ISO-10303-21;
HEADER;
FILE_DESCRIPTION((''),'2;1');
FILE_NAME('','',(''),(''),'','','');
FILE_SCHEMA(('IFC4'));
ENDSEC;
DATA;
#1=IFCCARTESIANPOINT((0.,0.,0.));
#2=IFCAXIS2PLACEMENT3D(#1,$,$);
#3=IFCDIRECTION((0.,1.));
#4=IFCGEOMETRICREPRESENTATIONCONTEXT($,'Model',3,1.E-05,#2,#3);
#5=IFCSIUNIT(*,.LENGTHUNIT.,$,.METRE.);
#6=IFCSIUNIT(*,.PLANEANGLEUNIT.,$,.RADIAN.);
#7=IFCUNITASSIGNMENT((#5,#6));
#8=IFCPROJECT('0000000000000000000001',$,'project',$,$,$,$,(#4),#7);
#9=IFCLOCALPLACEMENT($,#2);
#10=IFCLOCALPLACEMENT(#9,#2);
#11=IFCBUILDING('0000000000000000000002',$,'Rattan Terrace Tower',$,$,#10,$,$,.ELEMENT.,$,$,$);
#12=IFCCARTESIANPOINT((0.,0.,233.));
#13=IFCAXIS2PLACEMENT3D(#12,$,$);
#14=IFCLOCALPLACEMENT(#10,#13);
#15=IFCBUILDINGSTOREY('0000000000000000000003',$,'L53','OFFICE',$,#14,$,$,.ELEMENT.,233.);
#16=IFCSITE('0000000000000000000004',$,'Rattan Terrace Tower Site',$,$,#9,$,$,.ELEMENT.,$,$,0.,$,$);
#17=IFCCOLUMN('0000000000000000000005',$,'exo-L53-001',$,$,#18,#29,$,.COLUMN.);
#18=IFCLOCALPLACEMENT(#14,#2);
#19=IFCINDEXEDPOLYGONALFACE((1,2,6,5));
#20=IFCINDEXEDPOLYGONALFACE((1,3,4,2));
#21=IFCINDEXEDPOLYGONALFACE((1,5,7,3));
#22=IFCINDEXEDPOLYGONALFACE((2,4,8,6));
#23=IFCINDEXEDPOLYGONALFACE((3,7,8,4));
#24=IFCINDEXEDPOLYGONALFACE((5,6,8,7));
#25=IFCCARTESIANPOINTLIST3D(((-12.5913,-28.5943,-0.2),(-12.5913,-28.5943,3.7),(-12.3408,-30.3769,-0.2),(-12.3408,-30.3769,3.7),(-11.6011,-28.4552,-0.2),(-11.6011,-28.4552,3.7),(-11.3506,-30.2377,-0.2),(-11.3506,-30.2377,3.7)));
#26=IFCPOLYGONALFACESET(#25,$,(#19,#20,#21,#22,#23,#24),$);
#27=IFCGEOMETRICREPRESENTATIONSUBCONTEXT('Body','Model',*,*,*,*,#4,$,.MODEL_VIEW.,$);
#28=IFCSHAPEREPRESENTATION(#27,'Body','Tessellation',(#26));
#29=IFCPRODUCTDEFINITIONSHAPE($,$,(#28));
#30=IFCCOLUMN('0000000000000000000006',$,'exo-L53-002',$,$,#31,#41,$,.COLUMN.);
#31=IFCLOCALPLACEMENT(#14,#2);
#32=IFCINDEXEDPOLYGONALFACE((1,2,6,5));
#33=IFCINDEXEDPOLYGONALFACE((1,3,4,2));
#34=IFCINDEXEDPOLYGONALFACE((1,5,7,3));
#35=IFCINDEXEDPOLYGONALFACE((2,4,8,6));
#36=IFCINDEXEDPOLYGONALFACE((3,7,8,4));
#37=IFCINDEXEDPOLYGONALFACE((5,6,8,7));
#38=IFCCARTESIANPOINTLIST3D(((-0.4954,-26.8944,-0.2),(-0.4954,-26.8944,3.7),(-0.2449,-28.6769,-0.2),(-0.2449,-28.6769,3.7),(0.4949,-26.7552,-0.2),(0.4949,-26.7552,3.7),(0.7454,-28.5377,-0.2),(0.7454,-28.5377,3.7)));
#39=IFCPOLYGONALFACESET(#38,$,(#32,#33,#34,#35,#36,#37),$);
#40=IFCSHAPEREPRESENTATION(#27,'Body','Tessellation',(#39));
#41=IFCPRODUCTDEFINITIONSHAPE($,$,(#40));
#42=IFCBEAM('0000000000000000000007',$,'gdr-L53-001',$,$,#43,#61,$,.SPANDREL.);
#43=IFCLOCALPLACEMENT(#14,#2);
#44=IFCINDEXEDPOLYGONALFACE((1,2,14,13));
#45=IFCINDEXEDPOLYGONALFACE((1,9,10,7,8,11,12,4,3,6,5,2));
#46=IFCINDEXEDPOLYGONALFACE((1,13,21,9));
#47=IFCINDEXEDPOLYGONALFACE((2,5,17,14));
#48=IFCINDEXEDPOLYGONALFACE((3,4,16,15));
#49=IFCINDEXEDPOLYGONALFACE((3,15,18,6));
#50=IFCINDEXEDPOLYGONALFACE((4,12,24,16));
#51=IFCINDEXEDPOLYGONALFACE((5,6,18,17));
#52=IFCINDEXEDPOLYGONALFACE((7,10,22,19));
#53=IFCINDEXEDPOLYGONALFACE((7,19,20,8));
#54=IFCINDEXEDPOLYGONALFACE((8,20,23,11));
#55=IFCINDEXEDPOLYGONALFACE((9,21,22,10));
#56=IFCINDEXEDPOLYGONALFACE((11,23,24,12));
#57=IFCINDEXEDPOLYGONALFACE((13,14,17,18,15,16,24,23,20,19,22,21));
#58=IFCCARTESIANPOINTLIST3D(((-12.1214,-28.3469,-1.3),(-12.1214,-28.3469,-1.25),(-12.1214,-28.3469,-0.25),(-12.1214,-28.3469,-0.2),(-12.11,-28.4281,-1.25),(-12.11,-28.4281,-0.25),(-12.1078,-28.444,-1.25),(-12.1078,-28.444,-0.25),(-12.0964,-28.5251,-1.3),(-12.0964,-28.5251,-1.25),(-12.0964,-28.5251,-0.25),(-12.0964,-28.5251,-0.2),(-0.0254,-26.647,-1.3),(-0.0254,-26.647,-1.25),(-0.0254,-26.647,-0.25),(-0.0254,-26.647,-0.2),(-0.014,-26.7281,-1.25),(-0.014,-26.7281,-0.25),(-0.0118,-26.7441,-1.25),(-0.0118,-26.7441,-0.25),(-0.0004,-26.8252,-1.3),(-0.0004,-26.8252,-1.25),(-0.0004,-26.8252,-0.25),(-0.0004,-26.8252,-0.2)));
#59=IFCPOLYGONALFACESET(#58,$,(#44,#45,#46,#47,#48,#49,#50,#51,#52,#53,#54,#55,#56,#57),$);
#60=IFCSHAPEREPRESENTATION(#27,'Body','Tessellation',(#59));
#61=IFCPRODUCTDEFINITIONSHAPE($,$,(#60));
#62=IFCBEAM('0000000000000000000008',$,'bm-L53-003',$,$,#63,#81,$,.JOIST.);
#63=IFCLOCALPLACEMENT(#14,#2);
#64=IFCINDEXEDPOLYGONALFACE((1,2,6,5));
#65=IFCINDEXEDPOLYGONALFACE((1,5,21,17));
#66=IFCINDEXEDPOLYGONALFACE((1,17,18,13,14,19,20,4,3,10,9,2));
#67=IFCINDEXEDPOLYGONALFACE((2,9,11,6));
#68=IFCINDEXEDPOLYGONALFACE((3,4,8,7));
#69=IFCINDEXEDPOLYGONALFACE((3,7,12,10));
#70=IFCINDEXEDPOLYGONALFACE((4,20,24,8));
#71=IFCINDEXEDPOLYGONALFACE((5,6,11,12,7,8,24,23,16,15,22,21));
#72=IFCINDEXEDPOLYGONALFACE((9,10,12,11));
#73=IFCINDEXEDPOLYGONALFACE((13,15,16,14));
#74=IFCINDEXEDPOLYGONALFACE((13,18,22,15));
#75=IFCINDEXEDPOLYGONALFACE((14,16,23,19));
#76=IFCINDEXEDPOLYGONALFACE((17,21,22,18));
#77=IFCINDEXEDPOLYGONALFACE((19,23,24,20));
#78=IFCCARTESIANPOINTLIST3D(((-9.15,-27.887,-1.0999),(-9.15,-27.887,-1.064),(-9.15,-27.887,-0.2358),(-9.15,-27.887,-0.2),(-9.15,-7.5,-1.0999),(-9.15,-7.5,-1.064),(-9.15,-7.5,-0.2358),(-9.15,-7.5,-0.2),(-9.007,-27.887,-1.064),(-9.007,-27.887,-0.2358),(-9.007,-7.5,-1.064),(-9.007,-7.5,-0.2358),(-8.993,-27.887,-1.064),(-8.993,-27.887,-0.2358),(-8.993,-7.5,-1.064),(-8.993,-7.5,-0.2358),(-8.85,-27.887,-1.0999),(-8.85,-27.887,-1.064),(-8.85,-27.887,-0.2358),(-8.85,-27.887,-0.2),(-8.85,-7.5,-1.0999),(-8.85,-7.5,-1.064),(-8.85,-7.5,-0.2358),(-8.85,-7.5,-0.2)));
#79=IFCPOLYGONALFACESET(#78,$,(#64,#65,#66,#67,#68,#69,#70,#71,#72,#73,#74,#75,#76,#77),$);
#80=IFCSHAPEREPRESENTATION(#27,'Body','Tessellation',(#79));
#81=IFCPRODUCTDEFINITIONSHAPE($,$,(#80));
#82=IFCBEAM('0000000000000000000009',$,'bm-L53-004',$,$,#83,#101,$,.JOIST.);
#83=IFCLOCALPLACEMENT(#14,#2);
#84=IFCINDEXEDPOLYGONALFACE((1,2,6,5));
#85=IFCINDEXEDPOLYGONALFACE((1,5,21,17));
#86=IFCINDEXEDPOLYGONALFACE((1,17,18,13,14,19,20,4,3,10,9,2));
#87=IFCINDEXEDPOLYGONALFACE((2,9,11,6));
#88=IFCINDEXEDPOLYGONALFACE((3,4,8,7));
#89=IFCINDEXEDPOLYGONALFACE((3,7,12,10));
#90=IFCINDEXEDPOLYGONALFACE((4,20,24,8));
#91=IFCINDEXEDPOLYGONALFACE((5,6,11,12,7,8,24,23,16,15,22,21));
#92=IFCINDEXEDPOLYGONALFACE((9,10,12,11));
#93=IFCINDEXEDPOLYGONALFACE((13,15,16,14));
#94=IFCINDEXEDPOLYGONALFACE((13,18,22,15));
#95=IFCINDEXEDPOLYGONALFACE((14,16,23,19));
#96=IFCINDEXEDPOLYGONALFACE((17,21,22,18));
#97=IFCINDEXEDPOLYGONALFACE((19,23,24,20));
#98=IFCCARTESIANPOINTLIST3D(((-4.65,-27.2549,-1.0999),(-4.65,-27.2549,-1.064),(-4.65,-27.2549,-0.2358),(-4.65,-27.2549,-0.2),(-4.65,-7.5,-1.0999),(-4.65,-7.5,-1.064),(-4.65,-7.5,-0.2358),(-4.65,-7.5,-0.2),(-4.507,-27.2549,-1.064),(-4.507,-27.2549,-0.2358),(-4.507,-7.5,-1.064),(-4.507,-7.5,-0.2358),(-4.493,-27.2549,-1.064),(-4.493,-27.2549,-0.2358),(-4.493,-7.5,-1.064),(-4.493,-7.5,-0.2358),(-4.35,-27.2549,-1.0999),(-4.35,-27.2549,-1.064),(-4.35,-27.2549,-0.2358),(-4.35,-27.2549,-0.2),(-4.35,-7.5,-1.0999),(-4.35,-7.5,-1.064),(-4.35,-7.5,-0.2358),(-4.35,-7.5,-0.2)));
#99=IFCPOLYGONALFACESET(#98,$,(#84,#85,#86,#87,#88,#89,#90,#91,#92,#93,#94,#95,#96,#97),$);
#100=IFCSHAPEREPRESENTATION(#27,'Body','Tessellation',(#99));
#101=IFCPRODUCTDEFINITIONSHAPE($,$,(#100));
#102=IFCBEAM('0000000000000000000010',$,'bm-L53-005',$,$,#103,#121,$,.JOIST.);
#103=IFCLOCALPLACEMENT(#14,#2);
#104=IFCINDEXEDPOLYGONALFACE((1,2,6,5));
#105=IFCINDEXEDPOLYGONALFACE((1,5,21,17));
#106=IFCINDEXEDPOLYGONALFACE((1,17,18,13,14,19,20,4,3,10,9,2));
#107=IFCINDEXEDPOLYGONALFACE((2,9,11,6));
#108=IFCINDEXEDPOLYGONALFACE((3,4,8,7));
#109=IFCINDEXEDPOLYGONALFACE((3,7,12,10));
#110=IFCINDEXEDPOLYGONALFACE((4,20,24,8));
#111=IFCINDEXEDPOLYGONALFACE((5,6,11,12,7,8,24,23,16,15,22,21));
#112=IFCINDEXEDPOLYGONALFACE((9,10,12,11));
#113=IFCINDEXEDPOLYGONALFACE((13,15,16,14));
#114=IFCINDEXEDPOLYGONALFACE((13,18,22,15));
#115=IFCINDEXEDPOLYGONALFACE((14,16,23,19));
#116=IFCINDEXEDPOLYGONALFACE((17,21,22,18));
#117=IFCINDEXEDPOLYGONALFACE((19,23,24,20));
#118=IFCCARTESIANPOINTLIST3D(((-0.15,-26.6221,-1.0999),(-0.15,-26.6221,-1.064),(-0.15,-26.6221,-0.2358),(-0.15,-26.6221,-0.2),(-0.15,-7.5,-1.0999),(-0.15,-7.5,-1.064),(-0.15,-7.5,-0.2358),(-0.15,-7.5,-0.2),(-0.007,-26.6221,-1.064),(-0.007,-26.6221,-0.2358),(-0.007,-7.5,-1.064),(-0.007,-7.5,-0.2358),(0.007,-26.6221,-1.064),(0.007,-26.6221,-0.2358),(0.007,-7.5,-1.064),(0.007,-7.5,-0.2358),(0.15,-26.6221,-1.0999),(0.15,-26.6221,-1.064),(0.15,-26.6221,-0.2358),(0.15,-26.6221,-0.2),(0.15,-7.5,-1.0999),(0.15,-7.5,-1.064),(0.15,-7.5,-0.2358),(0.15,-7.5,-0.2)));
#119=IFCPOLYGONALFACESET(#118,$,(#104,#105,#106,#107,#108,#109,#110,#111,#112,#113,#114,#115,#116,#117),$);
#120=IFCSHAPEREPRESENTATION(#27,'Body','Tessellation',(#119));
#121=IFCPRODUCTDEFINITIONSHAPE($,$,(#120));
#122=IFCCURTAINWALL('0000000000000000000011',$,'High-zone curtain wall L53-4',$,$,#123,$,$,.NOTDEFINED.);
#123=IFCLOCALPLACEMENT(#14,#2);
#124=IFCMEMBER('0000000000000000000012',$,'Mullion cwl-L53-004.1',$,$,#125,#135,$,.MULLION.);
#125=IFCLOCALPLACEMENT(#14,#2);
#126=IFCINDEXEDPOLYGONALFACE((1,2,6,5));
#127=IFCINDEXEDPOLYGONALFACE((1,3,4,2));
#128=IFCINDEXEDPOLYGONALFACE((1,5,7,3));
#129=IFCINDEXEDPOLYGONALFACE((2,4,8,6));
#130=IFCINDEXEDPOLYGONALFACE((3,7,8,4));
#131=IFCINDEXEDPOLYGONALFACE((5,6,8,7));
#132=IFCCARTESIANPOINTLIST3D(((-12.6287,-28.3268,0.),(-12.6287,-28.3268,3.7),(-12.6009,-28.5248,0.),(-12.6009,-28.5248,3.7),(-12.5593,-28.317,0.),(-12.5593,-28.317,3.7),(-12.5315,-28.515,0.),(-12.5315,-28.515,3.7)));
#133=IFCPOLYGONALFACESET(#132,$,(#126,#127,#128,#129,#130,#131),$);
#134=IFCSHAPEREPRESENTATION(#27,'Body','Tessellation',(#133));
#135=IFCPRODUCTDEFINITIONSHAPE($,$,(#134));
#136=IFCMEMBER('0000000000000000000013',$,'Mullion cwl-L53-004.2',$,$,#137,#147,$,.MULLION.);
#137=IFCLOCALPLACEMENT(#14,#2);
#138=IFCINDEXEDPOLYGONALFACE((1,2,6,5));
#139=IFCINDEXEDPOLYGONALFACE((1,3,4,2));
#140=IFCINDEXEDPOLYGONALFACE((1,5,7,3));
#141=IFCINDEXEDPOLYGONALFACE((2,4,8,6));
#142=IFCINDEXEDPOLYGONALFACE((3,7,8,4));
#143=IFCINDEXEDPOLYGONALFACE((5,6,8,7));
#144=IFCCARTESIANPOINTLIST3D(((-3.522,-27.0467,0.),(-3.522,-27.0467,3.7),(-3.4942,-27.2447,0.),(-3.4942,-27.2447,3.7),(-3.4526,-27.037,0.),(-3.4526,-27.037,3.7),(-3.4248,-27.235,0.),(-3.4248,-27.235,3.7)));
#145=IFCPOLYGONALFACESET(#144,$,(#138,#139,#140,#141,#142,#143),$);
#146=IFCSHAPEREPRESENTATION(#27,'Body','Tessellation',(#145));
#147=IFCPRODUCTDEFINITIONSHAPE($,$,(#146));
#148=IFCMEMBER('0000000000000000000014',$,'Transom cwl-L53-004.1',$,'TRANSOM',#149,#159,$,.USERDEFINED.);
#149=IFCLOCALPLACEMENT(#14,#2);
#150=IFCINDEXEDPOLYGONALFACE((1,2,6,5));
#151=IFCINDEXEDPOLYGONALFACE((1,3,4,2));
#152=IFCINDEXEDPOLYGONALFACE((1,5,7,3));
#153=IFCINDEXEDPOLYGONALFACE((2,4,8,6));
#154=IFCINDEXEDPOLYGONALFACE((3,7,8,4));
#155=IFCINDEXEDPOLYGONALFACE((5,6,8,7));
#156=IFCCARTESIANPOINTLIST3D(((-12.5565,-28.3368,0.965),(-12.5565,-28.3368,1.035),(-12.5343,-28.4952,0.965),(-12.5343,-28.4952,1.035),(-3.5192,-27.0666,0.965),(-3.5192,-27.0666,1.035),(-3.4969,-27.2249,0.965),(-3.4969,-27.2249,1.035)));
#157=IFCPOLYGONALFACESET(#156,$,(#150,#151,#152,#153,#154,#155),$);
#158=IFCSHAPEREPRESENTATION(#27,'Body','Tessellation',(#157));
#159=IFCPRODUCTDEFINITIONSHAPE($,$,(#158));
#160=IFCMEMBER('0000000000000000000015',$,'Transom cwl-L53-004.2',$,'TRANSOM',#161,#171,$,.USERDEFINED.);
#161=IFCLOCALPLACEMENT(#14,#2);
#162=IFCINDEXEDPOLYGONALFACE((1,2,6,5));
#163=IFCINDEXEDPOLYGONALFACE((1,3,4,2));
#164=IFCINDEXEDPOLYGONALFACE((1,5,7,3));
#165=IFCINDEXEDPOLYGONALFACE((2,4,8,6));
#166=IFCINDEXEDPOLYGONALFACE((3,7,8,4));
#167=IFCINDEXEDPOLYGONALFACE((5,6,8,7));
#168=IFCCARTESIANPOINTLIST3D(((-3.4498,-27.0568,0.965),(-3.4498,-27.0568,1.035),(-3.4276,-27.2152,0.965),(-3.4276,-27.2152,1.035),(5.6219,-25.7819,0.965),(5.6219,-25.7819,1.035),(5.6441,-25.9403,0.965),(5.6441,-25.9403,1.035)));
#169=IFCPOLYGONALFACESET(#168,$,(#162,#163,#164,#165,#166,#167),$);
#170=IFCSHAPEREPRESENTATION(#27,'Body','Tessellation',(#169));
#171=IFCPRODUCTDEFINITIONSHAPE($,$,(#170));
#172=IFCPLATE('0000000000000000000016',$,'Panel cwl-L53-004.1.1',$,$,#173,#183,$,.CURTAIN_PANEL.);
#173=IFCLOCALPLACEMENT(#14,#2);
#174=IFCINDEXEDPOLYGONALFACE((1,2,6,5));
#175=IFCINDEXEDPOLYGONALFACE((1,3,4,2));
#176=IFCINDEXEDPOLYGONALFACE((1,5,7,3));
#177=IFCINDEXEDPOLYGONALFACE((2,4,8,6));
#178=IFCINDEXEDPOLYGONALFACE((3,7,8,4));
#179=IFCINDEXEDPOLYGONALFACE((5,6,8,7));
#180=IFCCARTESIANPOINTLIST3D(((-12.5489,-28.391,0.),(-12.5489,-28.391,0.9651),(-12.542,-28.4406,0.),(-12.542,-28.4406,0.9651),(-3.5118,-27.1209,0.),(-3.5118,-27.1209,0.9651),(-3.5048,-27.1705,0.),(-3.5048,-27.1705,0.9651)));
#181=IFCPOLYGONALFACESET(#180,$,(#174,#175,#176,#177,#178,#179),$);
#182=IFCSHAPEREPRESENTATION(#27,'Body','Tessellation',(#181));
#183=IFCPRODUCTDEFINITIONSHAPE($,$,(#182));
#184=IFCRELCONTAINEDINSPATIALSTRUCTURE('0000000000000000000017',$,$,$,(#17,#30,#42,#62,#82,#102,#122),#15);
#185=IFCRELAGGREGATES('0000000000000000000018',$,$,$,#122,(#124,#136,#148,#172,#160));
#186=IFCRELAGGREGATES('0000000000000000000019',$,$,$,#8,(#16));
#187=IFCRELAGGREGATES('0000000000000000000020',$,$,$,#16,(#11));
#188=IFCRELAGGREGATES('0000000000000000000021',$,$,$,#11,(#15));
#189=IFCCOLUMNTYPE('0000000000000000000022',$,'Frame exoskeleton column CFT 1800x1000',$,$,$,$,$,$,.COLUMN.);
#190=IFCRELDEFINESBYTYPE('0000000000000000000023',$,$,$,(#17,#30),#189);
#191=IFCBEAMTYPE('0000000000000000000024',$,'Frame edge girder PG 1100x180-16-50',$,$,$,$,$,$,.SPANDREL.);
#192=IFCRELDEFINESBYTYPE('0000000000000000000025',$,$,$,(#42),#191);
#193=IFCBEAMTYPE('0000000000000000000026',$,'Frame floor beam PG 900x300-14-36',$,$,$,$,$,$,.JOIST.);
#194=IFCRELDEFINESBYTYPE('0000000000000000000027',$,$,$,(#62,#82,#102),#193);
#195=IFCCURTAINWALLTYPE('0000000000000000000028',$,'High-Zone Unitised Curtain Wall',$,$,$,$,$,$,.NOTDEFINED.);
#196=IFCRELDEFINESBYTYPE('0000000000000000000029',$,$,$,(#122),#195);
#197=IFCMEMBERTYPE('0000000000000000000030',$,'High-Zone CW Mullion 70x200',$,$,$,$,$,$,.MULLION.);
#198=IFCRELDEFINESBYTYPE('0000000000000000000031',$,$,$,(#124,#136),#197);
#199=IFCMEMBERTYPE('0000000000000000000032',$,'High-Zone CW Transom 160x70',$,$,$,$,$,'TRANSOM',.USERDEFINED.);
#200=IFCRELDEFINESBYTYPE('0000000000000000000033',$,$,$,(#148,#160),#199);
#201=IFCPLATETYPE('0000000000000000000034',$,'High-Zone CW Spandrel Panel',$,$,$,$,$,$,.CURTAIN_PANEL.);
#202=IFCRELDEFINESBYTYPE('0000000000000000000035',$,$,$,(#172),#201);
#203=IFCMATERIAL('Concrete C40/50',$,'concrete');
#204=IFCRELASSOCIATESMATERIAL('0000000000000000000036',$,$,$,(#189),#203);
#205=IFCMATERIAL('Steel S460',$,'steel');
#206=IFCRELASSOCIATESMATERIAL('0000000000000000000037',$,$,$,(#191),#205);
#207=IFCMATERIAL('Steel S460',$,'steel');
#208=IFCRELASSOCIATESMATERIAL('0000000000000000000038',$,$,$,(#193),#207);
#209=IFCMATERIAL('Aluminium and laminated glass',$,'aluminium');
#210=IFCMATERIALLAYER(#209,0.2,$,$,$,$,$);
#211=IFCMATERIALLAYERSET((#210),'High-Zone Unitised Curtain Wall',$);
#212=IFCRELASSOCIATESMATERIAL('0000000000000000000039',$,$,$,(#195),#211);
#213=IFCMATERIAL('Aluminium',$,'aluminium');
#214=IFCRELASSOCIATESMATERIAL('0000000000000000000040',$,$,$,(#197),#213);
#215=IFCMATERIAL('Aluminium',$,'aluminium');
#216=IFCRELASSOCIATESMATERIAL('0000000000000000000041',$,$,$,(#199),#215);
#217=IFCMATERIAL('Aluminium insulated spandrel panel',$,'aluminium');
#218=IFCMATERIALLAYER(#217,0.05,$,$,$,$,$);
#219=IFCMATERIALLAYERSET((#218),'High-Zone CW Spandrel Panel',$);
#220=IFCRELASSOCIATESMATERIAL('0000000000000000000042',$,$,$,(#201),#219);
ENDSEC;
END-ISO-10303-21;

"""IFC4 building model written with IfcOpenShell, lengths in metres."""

from ifc_helpers import new_model, si_unit, direction, frame, origin, origin_2d, place, context, subcontext, project, spatial, rectangle, i_section, extrude, material, layer, layer_set, material_profile, profile_set, type_object, element, aggregate, save


model = new_model("IFC4")

# Units and contexts
model_context = context("Model", 3, precision=1e-05, world=origin(), true_north=direction((0.0, 1.0)))
body_context = subcontext(model_context, "Body", "Model", "MODEL_VIEW")
ifc_project = project(units=[si_unit("LENGTHUNIT", "METRE"), si_unit("PLANEANGLEUNIT", "RADIAN")], contexts=[model_context])

# Site, building, storey
site_placement = place(None, origin())
site = spatial("IfcSite", under=ifc_project, at=site_placement, Name="Rattan Terrace Tower Site", CompositionType="ELEMENT", RefElevation=0.0)
building_placement = place(site_placement, origin())
building = spatial("IfcBuilding", under=site, at=building_placement, Name="Rattan Terrace Tower", CompositionType="ELEMENT")
storey_placement = place(building_placement, frame((0.0, 0.0, 233.0)))
storey = spatial("IfcBuildingStorey", under=building, at=storey_placement, Name="L53", Description="OFFICE", CompositionType="ELEMENT", Elevation=233.0)

# Columns
ifc_material_1 = material(Name="Concrete C40/50", Category="concrete")
ifc_material_profile_1 = material_profile(ifc_material_1, rectangle(XDim=1.0, YDim=1.8, at=origin_2d()), Name="CFT 1800x1000")
ifc_profile_set_1 = profile_set([ifc_material_profile_1], Name="Concrete C40/50")
column_type = type_object("IfcColumnType", Name="Frame exoskeleton column CFT 1800x1000", PredefinedType="COLUMN", material=ifc_profile_set_1)
for number, where, z_axis, x_axis, name in (
    (1, (-11.9709, -29.416, -0.2), (0.0, 0.0, 1.0), (0.990268, 0.139173, 0.0), "exo-L53-001"),
    (2, (0.125, -27.7161, -0.2), (0.0, 0.0, 1.0), (0.990268, 0.139173, 0.0), "exo-L53-002"),
):
    element("IfcColumn", number, at=place(storey_placement, frame(where, z_axis=z_axis, x_axis=x_axis)), inside=storey, type_object=column_type, Name=name, PredefinedType="COLUMN", context=body_context, shape_type="SweptSolid", body=[
        extrude(rectangle(XDim=1.0, YDim=1.8, at=origin_2d()), origin(), (0.0, 0.0, 1.0), 3.8999),
    ])

# Beams
ifc_material_2 = material(Name="Steel S460", Category="steel")
ifc_material_profile_2 = material_profile(ifc_material_2, i_section(OverallWidth=0.1799, OverallDepth=1.1001, WebThickness=0.0161, FlangeThickness=0.05, at=origin_2d()), Name="PG 1100x180-16-50")
ifc_profile_set_2 = profile_set([ifc_material_profile_2], Name="Steel S460")
beam_type_1 = type_object("IfcBeamType", Name="Frame edge girder PG 1100x180-16-50", PredefinedType="SPANDREL", material=ifc_profile_set_2)
beam_1_placement = place(storey_placement, frame((-12.1089, -28.436, -0.75), z_axis=(0.990268, 0.139171, 0.0), x_axis=(-0.139171, 0.990268, 0.0)))
element("IfcBeam", 3, at=beam_1_placement, inside=storey, type_object=beam_type_1, Name="gdr-L53-001", PredefinedType="SPANDREL", context=body_context, shape_type="SweptSolid", body=[
    extrude(i_section(OverallWidth=0.1799, OverallDepth=1.1001, WebThickness=0.0161, FlangeThickness=0.05, at=origin_2d()), origin(), (0.0, 0.0, 1.0), 12.2148),
])
ifc_material_3 = material(Name="Steel S460", Category="steel")
ifc_material_profile_3 = material_profile(ifc_material_3, i_section(OverallWidth=0.3, OverallDepth=0.8999, WebThickness=0.0139, FlangeThickness=0.0359, at=origin_2d()), Name="PG 900x300-14-36")
ifc_profile_set_3 = profile_set([ifc_material_profile_3], Name="Steel S460")
beam_type_2 = type_object("IfcBeamType", Name="Frame floor beam PG 900x300-14-36", PredefinedType="JOIST", material=ifc_profile_set_3)
beam_2_placement = place(storey_placement, frame((-9.0, -27.887, -0.6499), z_axis=(0.0, 1.0, 0.0), x_axis=(-1.0, 0.0, 0.0)))
element("IfcBeam", 4, at=beam_2_placement, inside=storey, type_object=beam_type_2, Name="bm-L53-003", PredefinedType="JOIST", context=body_context, shape_type="SweptSolid", body=[
    extrude(i_section(OverallWidth=0.3, OverallDepth=0.8999, WebThickness=0.0139, FlangeThickness=0.0359, at=origin_2d()), origin(), (0.0, 0.0, 1.0), 20.387),
])
beam_3_placement = place(storey_placement, frame((-4.5, -27.2549, -0.6499), z_axis=(0.0, 1.0, 0.0), x_axis=(-1.0, 0.0, 0.0)))
element("IfcBeam", 5, at=beam_3_placement, inside=storey, type_object=beam_type_2, Name="bm-L53-004", PredefinedType="JOIST", context=body_context, shape_type="SweptSolid", body=[
    extrude(i_section(OverallWidth=0.3, OverallDepth=0.8999, WebThickness=0.0139, FlangeThickness=0.0359, at=origin_2d()), origin(), (0.0, 0.0, 1.0), 19.7549),
])
beam_4_placement = place(storey_placement, frame((0.0, -26.6221, -0.6499), z_axis=(0.0, 1.0, 0.0), x_axis=(-1.0, 0.0, 0.0)))
element("IfcBeam", 6, at=beam_4_placement, inside=storey, type_object=beam_type_2, Name="bm-L53-005", PredefinedType="JOIST", context=body_context, shape_type="SweptSolid", body=[
    extrude(i_section(OverallWidth=0.3, OverallDepth=0.8999, WebThickness=0.0139, FlangeThickness=0.0359, at=origin_2d()), origin(), (0.0, 0.0, 1.0), 19.1221),
])

# Curtain wall, members, plate
ifc_material_4 = material(Name="Aluminium and laminated glass", Category="aluminium")
ifc_layer_1 = layer(ifc_material_4, 0.2)
ifc_layer_set_1 = layer_set([ifc_layer_1], Name="High-Zone Unitised Curtain Wall")
curtain_wall_type = type_object("IfcCurtainWallType", Name="High-Zone Unitised Curtain Wall", PredefinedType="NOTDEFINED", material=ifc_layer_set_1)
curtain_wall_placement = place(storey_placement, origin())
curtain_wall = element("IfcCurtainWall", 7, at=curtain_wall_placement, inside=storey, type_object=curtain_wall_type, Name="High-zone curtain wall L53-4", PredefinedType="NOTDEFINED")
ifc_material_5 = material(Name="Aluminium", Category="aluminium")
ifc_material_profile_4 = material_profile(ifc_material_5, rectangle(XDim=0.0701, YDim=0.2, at=origin_2d()), Name="Aluminium 70x200")
ifc_profile_set_4 = profile_set([ifc_material_profile_4], Name="Aluminium")
member_type_1 = type_object("IfcMemberType", Name="High-Zone CW Mullion 70x200", PredefinedType="MULLION", material=ifc_profile_set_4)
member_1_placement = place(storey_placement, frame((-12.5801, -28.4209, 0.0), z_axis=(0.0, 0.0, 1.0), x_axis=(0.990267, 0.139177, 0.0)))
member_1 = element("IfcMember", 8, at=member_1_placement, type_object=member_type_1, Name="Mullion cwl-L53-004.1", PredefinedType="MULLION", context=body_context, shape_type="SweptSolid", body=[
    extrude(rectangle(XDim=0.0701, YDim=0.2, at=origin_2d()), origin(), (0.0, 0.0, 1.0), 3.7),
])
member_2_placement = place(storey_placement, frame((-3.4734, -27.1409, 0.0), z_axis=(0.0, 0.0, 1.0), x_axis=(0.990267, 0.139177, 0.0)))
member_2 = element("IfcMember", 9, at=member_2_placement, type_object=member_type_1, Name="Mullion cwl-L53-004.2", PredefinedType="MULLION", context=body_context, shape_type="SweptSolid", body=[
    extrude(rectangle(XDim=0.0701, YDim=0.2, at=origin_2d()), origin(), (0.0, 0.0, 1.0), 3.7),
])
ifc_material_6 = material(Name="Aluminium", Category="aluminium")
ifc_material_profile_5 = material_profile(ifc_material_6, rectangle(XDim=0.1599, YDim=0.0701, at=origin_2d()), Name="Aluminium 160x70")
ifc_profile_set_5 = profile_set([ifc_material_profile_5], Name="Aluminium")
member_type_2 = type_object("IfcMemberType", Name="High-Zone CW Transom 160x70", ElementType="TRANSOM", PredefinedType="USERDEFINED", material=ifc_profile_set_5)
member_3_placement = place(storey_placement, frame((-12.5454, -28.416, 1.0), z_axis=(0.990266, 0.139189, 0.0), x_axis=(-0.139189, 0.990266, 0.0)))
member_3 = element("IfcMember", 10, at=member_3_placement, type_object=member_type_2, Name="Transom cwl-L53-004.1", ObjectType="TRANSOM", PredefinedType="USERDEFINED", context=body_context, shape_type="SweptSolid", body=[
    extrude(rectangle(XDim=0.1599, YDim=0.0701, at=origin_2d()), origin(), (0.0, 0.0, 1.0), 9.1262),
])
member_4_placement = place(storey_placement, frame((-3.4387, -27.136, 1.0), z_axis=(0.990269, 0.139167, 0.0), x_axis=(-0.139167, 0.990269, 0.0)))
member_4 = element("IfcMember", 11, at=member_4_placement, type_object=member_type_2, Name="Transom cwl-L53-004.2", ObjectType="TRANSOM", PredefinedType="USERDEFINED", context=body_context, shape_type="SweptSolid", body=[
    extrude(rectangle(XDim=0.1599, YDim=0.0701, at=origin_2d()), origin(), (0.0, 0.0, 1.0), 9.1609),
])
ifc_material_7 = material(Name="Aluminium insulated spandrel panel", Category="aluminium")
ifc_layer_2 = layer(ifc_material_7, 0.05)
ifc_layer_set_2 = layer_set([ifc_layer_2], Name="High-Zone CW Spandrel Panel")
plate_type_1 = type_object("IfcPlateType", Name="High-Zone CW Spandrel Panel", PredefinedType="CURTAIN_PANEL", material=ifc_layer_set_2)
plate_1_placement = place(storey_placement, frame((-8.0269, -27.7808, 0.0), z_axis=(0.0, 0.0, 1.0), x_axis=(0.990267, 0.139177, 0.0)))
plate_1 = element("IfcPlate", 12, at=plate_1_placement, type_object=plate_type_1, Name="Panel cwl-L53-004.1.1", PredefinedType="CURTAIN_PANEL", context=body_context, shape_type="SweptSolid", body=[
    extrude(rectangle(XDim=9.126, YDim=0.05, at=origin_2d()), origin(), (0.0, 0.0, 1.0), 0.9651),
])
aggregate(curtain_wall, [member_1, member_2, member_3, plate_1, member_4])

save(model, "model.ifc")
